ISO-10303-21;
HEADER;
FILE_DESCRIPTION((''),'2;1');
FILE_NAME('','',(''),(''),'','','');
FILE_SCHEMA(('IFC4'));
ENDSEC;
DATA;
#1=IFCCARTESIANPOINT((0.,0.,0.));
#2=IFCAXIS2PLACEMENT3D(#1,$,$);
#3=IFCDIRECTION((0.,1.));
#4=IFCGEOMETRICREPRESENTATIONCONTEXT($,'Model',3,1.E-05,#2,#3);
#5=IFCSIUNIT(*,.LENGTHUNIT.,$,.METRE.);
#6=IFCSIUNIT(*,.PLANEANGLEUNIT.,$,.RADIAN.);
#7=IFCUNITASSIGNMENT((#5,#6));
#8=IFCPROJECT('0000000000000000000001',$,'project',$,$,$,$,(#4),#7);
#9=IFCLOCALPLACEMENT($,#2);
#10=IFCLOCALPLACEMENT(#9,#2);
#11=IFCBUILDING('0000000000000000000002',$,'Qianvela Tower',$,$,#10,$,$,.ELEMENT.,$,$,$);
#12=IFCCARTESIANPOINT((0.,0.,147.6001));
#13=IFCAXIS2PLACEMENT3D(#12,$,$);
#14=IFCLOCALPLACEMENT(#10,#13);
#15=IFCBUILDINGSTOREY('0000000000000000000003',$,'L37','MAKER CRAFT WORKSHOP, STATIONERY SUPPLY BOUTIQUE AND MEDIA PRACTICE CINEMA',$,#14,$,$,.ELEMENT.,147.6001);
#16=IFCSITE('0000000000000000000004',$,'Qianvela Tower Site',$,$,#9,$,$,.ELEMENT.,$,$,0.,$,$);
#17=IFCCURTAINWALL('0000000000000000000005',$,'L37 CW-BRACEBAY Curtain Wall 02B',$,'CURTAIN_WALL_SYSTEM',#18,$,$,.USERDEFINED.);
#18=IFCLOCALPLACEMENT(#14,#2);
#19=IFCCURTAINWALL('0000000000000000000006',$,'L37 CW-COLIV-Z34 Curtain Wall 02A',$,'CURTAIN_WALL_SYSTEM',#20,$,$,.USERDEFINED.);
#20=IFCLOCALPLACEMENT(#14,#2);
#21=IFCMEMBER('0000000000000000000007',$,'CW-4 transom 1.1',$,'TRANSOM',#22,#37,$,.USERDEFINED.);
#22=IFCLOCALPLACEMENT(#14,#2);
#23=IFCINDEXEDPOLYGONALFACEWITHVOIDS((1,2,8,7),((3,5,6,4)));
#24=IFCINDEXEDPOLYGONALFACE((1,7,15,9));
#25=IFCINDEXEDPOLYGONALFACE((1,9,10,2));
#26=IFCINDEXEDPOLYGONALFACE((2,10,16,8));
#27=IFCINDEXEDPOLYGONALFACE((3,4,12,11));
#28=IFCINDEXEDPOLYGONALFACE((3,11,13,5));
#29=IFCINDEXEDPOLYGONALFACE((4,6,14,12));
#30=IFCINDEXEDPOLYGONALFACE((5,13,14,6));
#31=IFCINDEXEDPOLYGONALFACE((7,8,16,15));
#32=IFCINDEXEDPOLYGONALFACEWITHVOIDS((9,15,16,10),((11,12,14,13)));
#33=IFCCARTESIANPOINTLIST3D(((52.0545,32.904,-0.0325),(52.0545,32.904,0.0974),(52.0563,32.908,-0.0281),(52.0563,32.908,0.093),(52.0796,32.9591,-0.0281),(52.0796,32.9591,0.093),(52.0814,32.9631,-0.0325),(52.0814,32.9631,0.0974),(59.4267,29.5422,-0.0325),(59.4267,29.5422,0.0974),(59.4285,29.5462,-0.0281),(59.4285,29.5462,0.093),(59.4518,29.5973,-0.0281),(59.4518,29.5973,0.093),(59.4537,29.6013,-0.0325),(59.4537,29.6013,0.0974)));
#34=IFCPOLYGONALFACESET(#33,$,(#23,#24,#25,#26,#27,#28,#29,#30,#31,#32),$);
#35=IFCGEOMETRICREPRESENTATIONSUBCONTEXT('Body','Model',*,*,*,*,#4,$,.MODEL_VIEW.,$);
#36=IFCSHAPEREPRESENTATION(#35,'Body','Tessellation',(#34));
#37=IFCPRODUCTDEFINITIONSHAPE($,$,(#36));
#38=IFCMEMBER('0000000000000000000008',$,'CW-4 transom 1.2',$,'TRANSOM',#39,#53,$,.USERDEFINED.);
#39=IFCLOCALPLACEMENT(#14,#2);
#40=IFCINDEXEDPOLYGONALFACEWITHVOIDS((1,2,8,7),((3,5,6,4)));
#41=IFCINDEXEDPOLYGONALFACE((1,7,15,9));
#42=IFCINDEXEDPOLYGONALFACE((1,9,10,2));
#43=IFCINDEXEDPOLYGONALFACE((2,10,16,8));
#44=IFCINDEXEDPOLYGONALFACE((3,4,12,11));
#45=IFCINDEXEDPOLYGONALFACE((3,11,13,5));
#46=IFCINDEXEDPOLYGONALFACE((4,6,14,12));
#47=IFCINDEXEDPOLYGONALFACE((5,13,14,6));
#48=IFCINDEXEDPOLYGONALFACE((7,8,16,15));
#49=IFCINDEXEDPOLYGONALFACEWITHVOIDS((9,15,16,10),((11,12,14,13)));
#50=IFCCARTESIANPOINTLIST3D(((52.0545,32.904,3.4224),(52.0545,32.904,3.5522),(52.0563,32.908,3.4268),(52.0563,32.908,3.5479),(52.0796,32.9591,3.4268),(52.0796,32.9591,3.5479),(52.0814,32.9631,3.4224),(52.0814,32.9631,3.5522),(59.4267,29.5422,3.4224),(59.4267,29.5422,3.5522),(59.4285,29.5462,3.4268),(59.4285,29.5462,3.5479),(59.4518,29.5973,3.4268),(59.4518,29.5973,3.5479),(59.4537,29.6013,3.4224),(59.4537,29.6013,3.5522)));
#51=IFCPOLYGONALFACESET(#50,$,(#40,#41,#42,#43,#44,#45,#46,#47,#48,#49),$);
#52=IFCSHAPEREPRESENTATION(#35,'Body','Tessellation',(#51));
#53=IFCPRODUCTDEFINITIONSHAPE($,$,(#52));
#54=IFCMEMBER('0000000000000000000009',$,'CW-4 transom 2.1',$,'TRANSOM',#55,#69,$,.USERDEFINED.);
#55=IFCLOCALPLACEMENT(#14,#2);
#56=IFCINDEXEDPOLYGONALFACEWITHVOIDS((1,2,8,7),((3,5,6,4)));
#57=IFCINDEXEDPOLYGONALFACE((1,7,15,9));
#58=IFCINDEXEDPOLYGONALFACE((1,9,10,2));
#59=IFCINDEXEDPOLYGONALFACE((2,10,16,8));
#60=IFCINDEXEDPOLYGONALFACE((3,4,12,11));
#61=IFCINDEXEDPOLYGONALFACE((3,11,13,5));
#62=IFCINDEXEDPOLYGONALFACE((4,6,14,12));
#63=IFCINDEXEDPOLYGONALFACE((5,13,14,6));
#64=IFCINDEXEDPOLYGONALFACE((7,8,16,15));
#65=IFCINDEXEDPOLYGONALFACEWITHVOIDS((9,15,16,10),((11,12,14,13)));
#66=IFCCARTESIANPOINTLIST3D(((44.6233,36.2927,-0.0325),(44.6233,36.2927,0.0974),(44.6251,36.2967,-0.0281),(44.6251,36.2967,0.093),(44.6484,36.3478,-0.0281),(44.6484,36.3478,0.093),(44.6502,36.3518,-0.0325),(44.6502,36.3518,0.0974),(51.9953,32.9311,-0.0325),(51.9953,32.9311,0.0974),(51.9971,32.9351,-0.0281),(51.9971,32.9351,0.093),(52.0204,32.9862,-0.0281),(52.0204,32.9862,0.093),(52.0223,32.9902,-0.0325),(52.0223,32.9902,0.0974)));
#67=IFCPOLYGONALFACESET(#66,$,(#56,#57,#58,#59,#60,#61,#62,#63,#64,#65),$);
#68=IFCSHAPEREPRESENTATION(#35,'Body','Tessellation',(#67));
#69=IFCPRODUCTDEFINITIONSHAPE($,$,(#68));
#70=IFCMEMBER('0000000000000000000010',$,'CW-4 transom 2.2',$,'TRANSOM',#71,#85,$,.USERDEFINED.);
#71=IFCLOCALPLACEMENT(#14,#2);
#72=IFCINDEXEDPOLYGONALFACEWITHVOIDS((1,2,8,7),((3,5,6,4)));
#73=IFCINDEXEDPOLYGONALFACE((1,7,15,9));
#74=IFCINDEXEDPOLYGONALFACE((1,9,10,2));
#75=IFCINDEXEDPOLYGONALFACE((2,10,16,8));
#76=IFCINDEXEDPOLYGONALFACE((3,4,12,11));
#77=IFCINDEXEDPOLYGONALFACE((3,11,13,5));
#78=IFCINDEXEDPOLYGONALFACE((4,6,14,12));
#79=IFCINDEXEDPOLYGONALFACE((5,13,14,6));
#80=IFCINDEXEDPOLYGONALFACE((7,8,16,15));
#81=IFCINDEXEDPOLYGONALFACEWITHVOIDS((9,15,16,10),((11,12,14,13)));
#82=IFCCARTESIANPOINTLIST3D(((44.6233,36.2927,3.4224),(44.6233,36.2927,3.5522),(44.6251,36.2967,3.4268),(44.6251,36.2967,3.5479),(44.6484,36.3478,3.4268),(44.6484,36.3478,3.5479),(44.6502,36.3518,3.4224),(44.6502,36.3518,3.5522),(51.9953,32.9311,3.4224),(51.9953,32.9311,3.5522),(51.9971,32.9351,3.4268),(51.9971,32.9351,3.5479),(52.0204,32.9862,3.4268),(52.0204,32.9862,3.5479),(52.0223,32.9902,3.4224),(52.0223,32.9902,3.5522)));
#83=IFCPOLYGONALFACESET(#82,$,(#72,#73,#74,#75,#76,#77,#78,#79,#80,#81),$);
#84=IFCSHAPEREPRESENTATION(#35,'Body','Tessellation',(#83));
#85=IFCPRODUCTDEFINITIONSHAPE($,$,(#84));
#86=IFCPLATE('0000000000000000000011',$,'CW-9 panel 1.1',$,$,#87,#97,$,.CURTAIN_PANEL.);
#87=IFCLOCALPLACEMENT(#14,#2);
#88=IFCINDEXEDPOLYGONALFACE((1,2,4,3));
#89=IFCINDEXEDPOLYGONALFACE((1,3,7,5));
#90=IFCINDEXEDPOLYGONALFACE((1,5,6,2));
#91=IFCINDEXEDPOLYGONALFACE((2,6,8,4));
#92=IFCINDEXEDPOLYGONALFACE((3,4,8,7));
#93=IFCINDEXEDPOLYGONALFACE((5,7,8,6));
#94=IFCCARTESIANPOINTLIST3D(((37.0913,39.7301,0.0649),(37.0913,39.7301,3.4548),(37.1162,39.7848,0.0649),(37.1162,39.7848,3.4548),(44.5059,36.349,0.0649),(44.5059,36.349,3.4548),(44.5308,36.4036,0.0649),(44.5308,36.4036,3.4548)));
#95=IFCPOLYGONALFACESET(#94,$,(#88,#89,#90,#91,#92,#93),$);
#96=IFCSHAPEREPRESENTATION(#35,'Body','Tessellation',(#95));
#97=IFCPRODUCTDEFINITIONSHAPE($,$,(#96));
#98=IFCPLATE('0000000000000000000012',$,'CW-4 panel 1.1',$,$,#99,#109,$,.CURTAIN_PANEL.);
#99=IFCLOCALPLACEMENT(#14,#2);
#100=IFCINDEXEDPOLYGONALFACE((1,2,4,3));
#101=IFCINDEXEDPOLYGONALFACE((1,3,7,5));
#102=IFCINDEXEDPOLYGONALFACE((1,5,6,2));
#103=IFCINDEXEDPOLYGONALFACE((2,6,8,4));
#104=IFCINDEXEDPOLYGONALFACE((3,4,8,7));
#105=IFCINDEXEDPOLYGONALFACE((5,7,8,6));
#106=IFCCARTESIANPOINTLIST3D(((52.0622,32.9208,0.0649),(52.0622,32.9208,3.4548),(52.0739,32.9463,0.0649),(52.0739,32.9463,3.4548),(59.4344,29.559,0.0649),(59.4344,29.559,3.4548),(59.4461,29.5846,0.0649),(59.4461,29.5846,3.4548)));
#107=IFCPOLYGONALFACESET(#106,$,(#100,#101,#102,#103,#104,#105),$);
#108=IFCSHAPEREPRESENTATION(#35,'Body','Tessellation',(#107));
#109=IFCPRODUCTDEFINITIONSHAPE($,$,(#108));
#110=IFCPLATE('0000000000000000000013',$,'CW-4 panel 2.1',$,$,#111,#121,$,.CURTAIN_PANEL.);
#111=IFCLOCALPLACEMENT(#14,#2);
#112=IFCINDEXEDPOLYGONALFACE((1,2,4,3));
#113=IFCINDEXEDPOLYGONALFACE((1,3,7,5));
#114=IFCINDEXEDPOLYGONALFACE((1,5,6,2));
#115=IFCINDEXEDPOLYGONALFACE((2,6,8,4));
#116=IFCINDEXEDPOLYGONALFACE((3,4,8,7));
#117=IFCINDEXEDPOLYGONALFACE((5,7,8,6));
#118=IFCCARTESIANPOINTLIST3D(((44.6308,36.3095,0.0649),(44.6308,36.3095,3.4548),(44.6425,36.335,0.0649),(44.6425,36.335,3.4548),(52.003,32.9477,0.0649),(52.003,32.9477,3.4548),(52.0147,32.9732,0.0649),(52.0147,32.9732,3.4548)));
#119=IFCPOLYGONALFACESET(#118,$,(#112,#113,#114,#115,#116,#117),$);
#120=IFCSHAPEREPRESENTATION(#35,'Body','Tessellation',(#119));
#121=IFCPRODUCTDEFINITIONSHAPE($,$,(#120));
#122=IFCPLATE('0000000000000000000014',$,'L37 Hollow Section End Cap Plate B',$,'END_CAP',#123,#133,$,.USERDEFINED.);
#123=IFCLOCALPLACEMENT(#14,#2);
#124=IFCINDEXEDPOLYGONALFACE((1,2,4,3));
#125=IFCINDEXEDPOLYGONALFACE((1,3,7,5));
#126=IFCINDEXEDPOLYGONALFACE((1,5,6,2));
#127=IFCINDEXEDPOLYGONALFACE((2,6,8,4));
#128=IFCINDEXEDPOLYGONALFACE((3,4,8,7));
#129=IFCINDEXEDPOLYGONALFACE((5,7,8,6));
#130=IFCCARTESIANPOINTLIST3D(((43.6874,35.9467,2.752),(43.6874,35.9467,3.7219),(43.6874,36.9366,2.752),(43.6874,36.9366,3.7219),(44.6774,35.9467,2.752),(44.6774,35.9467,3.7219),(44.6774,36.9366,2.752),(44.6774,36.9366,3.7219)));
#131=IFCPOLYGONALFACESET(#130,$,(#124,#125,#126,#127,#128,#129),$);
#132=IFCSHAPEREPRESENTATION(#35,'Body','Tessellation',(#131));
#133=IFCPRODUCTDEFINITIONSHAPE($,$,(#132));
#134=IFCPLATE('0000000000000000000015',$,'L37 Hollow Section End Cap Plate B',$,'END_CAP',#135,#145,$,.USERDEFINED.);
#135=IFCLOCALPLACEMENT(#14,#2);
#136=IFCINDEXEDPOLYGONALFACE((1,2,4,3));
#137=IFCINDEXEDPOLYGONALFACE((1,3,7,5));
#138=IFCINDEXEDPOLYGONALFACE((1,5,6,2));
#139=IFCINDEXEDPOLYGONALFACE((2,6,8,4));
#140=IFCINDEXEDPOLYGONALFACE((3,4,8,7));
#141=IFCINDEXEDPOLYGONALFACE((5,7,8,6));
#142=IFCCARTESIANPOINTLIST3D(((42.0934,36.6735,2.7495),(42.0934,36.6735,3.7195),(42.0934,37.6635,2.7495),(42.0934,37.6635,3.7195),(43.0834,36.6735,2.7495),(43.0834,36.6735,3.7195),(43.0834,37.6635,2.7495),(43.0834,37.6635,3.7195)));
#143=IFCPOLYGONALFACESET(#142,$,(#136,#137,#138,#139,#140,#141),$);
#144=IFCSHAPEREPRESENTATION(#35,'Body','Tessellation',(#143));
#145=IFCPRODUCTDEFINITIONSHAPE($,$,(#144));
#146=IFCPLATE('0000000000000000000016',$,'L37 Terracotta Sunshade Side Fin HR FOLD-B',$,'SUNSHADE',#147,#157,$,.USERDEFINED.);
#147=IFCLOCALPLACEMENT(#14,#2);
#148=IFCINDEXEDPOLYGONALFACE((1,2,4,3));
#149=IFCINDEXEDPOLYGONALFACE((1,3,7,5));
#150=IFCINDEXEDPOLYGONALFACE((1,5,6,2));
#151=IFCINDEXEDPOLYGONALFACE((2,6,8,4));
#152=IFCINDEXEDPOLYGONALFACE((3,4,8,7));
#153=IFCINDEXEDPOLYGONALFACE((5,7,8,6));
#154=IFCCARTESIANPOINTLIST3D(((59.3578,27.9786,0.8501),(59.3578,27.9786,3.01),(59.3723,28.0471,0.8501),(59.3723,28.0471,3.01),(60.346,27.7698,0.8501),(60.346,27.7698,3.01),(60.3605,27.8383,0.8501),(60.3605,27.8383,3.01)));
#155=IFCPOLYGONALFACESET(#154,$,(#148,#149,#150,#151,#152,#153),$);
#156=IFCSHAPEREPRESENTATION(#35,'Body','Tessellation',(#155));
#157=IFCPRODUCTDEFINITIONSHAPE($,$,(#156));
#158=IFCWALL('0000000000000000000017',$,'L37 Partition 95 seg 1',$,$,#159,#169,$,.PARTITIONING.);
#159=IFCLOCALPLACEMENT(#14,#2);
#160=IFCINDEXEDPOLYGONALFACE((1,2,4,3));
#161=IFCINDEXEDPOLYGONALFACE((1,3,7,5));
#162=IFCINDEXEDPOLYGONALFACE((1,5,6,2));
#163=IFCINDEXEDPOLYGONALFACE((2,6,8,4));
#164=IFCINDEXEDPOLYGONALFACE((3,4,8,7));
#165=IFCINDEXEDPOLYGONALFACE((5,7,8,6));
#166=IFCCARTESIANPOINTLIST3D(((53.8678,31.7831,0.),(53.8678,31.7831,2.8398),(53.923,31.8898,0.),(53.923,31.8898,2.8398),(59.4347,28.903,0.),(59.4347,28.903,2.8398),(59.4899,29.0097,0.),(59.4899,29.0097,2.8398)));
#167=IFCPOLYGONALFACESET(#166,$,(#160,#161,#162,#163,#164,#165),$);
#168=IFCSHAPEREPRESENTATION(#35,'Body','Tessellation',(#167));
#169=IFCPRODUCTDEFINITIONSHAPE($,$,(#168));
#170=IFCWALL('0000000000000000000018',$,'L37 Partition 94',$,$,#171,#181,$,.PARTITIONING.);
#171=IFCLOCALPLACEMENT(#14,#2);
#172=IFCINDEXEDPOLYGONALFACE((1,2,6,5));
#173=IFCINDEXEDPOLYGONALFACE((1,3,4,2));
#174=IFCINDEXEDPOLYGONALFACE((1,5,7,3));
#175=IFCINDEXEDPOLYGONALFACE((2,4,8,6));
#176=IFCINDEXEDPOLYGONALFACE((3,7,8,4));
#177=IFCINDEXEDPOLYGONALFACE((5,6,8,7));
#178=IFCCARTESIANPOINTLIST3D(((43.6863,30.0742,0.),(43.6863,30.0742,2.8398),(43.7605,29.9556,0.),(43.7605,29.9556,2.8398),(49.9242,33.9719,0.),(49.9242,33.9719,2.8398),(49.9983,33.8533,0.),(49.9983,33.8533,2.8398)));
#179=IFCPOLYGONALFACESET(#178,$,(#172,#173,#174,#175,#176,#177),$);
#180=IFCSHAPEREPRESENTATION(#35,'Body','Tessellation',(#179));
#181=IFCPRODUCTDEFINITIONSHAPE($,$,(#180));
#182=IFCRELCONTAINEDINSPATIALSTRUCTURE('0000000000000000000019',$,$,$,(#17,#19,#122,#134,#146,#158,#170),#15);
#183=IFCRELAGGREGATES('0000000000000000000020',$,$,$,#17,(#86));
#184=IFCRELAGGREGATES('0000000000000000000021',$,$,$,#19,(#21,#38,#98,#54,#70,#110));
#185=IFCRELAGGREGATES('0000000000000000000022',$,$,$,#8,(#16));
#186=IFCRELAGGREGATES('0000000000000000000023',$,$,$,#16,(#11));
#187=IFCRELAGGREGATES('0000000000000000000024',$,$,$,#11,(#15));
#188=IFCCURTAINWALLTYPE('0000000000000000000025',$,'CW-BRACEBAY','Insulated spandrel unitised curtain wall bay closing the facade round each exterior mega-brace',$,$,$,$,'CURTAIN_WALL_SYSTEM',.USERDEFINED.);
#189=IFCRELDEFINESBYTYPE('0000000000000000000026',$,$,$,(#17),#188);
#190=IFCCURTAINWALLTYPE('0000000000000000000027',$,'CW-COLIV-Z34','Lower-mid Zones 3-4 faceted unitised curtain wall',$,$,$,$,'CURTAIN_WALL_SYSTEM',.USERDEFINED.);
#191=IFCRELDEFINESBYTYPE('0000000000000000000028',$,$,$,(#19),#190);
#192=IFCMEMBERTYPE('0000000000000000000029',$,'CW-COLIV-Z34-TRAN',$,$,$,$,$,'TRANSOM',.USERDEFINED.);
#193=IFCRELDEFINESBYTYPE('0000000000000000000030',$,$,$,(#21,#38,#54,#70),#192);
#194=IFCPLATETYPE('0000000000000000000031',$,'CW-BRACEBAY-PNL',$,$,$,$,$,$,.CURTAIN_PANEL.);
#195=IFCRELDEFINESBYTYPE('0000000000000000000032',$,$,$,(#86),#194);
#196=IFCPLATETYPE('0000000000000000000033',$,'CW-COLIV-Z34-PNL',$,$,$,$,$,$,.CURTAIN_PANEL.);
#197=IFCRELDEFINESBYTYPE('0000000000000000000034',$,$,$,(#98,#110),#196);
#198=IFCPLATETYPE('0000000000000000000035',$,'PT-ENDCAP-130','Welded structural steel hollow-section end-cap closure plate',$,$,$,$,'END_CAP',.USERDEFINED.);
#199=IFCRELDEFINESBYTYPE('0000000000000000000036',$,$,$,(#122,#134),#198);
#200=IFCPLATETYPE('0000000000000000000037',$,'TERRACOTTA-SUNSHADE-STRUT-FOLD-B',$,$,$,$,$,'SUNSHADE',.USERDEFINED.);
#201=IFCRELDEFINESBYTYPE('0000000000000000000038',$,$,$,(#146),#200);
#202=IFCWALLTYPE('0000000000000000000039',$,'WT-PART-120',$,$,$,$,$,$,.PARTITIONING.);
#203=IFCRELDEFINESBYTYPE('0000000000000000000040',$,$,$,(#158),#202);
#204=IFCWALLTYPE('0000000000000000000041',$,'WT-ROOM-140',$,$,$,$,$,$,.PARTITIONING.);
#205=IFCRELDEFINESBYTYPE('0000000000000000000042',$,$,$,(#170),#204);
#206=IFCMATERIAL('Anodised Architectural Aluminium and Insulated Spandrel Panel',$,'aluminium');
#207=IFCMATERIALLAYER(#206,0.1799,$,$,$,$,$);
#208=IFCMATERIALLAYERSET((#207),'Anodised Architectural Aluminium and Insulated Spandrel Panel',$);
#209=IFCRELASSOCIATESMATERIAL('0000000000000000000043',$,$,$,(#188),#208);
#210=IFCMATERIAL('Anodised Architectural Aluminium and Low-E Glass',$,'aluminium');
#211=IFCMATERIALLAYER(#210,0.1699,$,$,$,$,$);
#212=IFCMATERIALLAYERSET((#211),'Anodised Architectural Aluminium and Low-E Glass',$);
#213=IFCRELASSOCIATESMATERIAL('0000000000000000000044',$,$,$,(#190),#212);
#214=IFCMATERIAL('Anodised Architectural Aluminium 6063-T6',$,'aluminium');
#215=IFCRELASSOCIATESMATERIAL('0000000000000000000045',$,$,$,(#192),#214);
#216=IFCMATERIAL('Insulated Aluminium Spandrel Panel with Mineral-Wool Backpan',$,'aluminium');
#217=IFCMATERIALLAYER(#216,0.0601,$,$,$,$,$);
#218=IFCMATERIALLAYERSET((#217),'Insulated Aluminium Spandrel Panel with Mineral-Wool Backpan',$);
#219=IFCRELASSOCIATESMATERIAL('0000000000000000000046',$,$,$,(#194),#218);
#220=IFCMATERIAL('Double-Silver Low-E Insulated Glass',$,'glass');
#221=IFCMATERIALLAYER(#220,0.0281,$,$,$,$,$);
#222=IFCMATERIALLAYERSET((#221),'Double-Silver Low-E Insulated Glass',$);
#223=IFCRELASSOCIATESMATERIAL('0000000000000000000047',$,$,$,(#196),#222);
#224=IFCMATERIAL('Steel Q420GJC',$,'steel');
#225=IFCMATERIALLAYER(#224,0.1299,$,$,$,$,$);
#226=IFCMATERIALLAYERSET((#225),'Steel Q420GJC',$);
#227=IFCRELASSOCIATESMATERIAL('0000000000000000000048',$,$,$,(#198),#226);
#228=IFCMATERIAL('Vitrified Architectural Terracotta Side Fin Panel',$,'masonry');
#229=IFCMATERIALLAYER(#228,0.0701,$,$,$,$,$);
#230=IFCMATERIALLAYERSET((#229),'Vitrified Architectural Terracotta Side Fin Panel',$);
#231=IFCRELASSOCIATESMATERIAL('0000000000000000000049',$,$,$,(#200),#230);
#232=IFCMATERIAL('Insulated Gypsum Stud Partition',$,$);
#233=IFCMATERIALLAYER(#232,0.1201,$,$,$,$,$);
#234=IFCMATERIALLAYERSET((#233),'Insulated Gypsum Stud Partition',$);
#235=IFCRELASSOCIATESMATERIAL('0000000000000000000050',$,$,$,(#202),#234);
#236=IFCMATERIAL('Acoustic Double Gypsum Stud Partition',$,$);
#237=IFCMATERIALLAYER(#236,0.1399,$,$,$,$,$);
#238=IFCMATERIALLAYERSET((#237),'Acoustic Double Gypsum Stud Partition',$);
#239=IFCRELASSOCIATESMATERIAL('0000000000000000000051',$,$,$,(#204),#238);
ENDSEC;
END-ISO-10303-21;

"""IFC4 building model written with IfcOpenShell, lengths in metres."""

from ifc_helpers import new_model, si_unit, direction, frame, frame_2d, origin, origin_2d, place, context, subcontext, project, spatial, rectangle, hollow_rectangle, extrude, material, layer, layer_set, material_profile, profile_set, type_object, element, aggregate, save


model = new_model("IFC4")

# Units and contexts
model_context = context("Model", 3, precision=1e-05, world=origin(), true_north=direction((0.0, 1.0)))
body_context = subcontext(model_context, "Body", "Model", "MODEL_VIEW")
ifc_project = project(units=[si_unit("LENGTHUNIT", "METRE"), si_unit("PLANEANGLEUNIT", "RADIAN")], contexts=[model_context])

# Site, building, storey
site_placement = place(None, origin())
site = spatial("IfcSite", under=ifc_project, at=site_placement, Name="Qianvela Tower Site", CompositionType="ELEMENT", RefElevation=0.0)
building_placement = place(site_placement, origin())
building = spatial("IfcBuilding", under=site, at=building_placement, Name="Qianvela Tower", CompositionType="ELEMENT")
storey_placement = place(building_placement, frame((0.0, 0.0, 147.6001)))
storey = spatial("IfcBuildingStorey", under=building, at=storey_placement, Name="L37", Description="MAKER CRAFT WORKSHOP, STATIONERY SUPPLY BOUTIQUE AND MEDIA PRACTICE CINEMA", CompositionType="ELEMENT", Elevation=147.6001)

# Curtain walls, members
ifc_material_1 = material(Name="Anodised Architectural Aluminium and Insulated Spandrel Panel", Category="aluminium")
ifc_layer_1 = layer(ifc_material_1, 0.1799)
ifc_layer_set_1 = layer_set([ifc_layer_1], Name="Anodised Architectural Aluminium and Insulated Spandrel Panel")
curtain_wall_type_1 = type_object("IfcCurtainWallType", Name="CW-BRACEBAY", Description="Insulated spandrel unitised curtain wall bay closing the facade round each exterior mega-brace", ElementType="CURTAIN_WALL_SYSTEM", PredefinedType="USERDEFINED", material=ifc_layer_set_1)
curtain_wall_1_placement = place(storey_placement, origin())
curtain_wall_1 = element("IfcCurtainWall", 1, at=curtain_wall_1_placement, inside=storey, type_object=curtain_wall_type_1, Name="L37 CW-BRACEBAY Curtain Wall 02B", ObjectType="CURTAIN_WALL_SYSTEM", PredefinedType="USERDEFINED")
ifc_material_2 = material(Name="Anodised Architectural Aluminium and Low-E Glass", Category="aluminium")
ifc_layer_2 = layer(ifc_material_2, 0.1699)
ifc_layer_set_2 = layer_set([ifc_layer_2], Name="Anodised Architectural Aluminium and Low-E Glass")
curtain_wall_type_2 = type_object("IfcCurtainWallType", Name="CW-COLIV-Z34", Description="Lower-mid Zones 3-4 faceted unitised curtain wall", ElementType="CURTAIN_WALL_SYSTEM", PredefinedType="USERDEFINED", material=ifc_layer_set_2)
curtain_wall_2_placement = place(storey_placement, origin())
curtain_wall_2 = element("IfcCurtainWall", 2, at=curtain_wall_2_placement, inside=storey, type_object=curtain_wall_type_2, Name="L37 CW-COLIV-Z34 Curtain Wall 02A", ObjectType="CURTAIN_WALL_SYSTEM", PredefinedType="USERDEFINED")
ifc_material_3 = material(Name="Anodised Architectural Aluminium 6063-T6", Category="aluminium")
ifc_material_profile_1 = material_profile(ifc_material_3, hollow_rectangle(XDim=0.0649, YDim=0.1299, WallThickness=0.0044, at=origin_2d()), Name="ALU-TRAN-65x130")
ifc_profile_set_1 = profile_set([ifc_material_profile_1], Name="Anodised Architectural Aluminium 6063-T6")
member_type_1 = type_object("IfcMemberType", Name="CW-COLIV-Z34-TRAN", ElementType="TRANSOM", PredefinedType="USERDEFINED", material=ifc_profile_set_1)
member_1_placement = place(storey_placement, frame((59.4402, 29.5718, 0.0325), z_axis=(-0.909865, 0.414904, 0.0), x_axis=(-0.414904, -0.909865, 0.0)))
member_1 = element("IfcMember", 3, at=member_1_placement, type_object=member_type_1, Name="CW-4 transom 1.1", ObjectType="TRANSOM", PredefinedType="USERDEFINED", context=body_context, shape_type="SweptSolid", body=[
    extrude(hollow_rectangle(XDim=0.0649, YDim=0.1299, WallThickness=0.0044, at=origin_2d()), origin(), (0.0, 0.0, 1.0), 8.1025),
])
member_2_placement = place(storey_placement, frame((59.4402, 29.5718, 3.4873), z_axis=(-0.909865, 0.414904, 0.0), x_axis=(-0.414904, -0.909865, 0.0)))
member_2 = element("IfcMember", 4, at=member_2_placement, type_object=member_type_1, Name="CW-4 transom 1.2", ObjectType="TRANSOM", PredefinedType="USERDEFINED", context=body_context, shape_type="SweptSolid", body=[
    extrude(hollow_rectangle(XDim=0.0649, YDim=0.1299, WallThickness=0.0044, at=origin_2d()), origin(), (0.0, 0.0, 1.0), 8.1025),
])
member_3_placement = place(storey_placement, frame((52.0088, 32.9607, 0.0325), z_axis=(-0.909872, 0.41489, 0.0), x_axis=(-0.41489, -0.909872, 0.0)))
member_3 = element("IfcMember", 5, at=member_3_placement, type_object=member_type_1, Name="CW-4 transom 2.1", ObjectType="TRANSOM", PredefinedType="USERDEFINED", context=body_context, shape_type="SweptSolid", body=[
    extrude(hollow_rectangle(XDim=0.0649, YDim=0.1299, WallThickness=0.0044, at=origin_2d()), origin(), (0.0, 0.0, 1.0), 8.1023),
])
member_4_placement = place(storey_placement, frame((52.0088, 32.9607, 3.4873), z_axis=(-0.909872, 0.41489, 0.0), x_axis=(-0.41489, -0.909872, 0.0)))
member_4 = element("IfcMember", 6, at=member_4_placement, type_object=member_type_1, Name="CW-4 transom 2.2", ObjectType="TRANSOM", PredefinedType="USERDEFINED", context=body_context, shape_type="SweptSolid", body=[
    extrude(hollow_rectangle(XDim=0.0649, YDim=0.1299, WallThickness=0.0044, at=origin_2d()), origin(), (0.0, 0.0, 1.0), 8.1023),
])

# Plates
ifc_material_4 = material(Name="Insulated Aluminium Spandrel Panel with Mineral-Wool Backpan", Category="aluminium")
ifc_layer_3 = layer(ifc_material_4, 0.0601)
ifc_layer_set_3 = layer_set([ifc_layer_3], Name="Insulated Aluminium Spandrel Panel with Mineral-Wool Backpan")
plate_type_1 = type_object("IfcPlateType", Name="CW-BRACEBAY-PNL", PredefinedType="CURTAIN_PANEL", material=ifc_layer_set_3)
plate_1_placement = place(storey_placement, frame((40.811, 38.0669, 0.0649), z_axis=(0.0, 0.0, 1.0), x_axis=(-0.909864, 0.414907, 0.0)))
plate_1 = element("IfcPlate", 7, at=plate_1_placement, type_object=plate_type_1, Name="CW-9 panel 1.1", PredefinedType="CURTAIN_PANEL", context=body_context, shape_type="SweptSolid", body=[
    extrude(rectangle(XDim=8.1492, YDim=0.0601, at=origin_2d()), origin(), (0.0, 0.0, 1.0), 3.3899),
])
aggregate(curtain_wall_1, [plate_1])
ifc_material_5 = material(Name="Double-Silver Low-E Insulated Glass", Category="glass")
ifc_layer_4 = layer(ifc_material_5, 0.0281)
ifc_layer_set_4 = layer_set([ifc_layer_4], Name="Double-Silver Low-E Insulated Glass")
plate_type_2 = type_object("IfcPlateType", Name="CW-COLIV-Z34-PNL", PredefinedType="CURTAIN_PANEL", material=ifc_layer_set_4)
plate_2_placement = place(storey_placement, frame((55.7542, 31.2527, 0.0649), z_axis=(0.0, 0.0, 1.0), x_axis=(-0.909866, 0.414902, 0.0)))
plate_2 = element("IfcPlate", 8, at=plate_2_placement, type_object=plate_type_2, Name="CW-4 panel 1.1", PredefinedType="CURTAIN_PANEL", context=body_context, shape_type="SweptSolid", body=[
    extrude(rectangle(XDim=8.1025, YDim=0.0281, at=origin_2d()), origin(), (0.0, 0.0, 1.0), 3.3899),
])
plate_3_placement = place(storey_placement, frame((48.3228, 34.6414, 0.0649), z_axis=(0.0, 0.0, 1.0), x_axis=(-0.909866, 0.414902, 0.0)))
plate_3 = element("IfcPlate", 9, at=plate_3_placement, type_object=plate_type_2, Name="CW-4 panel 2.1", PredefinedType="CURTAIN_PANEL", context=body_context, shape_type="SweptSolid", body=[
    extrude(rectangle(XDim=8.1025, YDim=0.0281, at=origin_2d()), origin(), (0.0, 0.0, 1.0), 3.3899),
])
aggregate(curtain_wall_2, [member_1, member_2, plate_2, member_3, member_4, plate_3])

# Plates
ifc_material_6 = material(Name="Steel Q420GJC", Category="steel")
ifc_layer_5 = layer(ifc_material_6, 0.1299)
ifc_layer_set_5 = layer_set([ifc_layer_5], Name="Steel Q420GJC")
plate_type_3 = type_object("IfcPlateType", Name="PT-ENDCAP-130", Description="Welded structural steel hollow-section end-cap closure plate", ElementType="END_CAP", PredefinedType="USERDEFINED", material=ifc_layer_set_5)
for number, where, z_axis, x_axis, name in (
    (10, (44.1824, 36.4417, 2.752), (0.0, 0.0, 1.0), (1.0, 0.0, 0.0), "L37 Hollow Section End Cap Plate B"),
    (11, (42.5884, 37.1685, 2.7495), (0.0, 0.0, 1.0), (1.0, 0.0, 0.0), "L37 Hollow Section End Cap Plate B"),
):
    element("IfcPlate", number, at=place(storey_placement, frame(where, z_axis=z_axis, x_axis=x_axis)), inside=storey, type_object=plate_type_3, Name=name, ObjectType="END_CAP", PredefinedType="USERDEFINED", context=body_context, shape_type="SweptSolid", body=[
        extrude(rectangle(XDim=0.99, YDim=0.99, at=origin_2d()), origin(), (0.0, 0.0, 1.0), 0.97),
    ])
ifc_material_7 = material(Name="Vitrified Architectural Terracotta Side Fin Panel", Category="masonry")
ifc_layer_6 = layer(ifc_material_7, 0.0701)
ifc_layer_set_6 = layer_set([ifc_layer_6], Name="Vitrified Architectural Terracotta Side Fin Panel")
plate_type_4 = type_object("IfcPlateType", Name="TERRACOTTA-SUNSHADE-STRUT-FOLD-B", ElementType="SUNSHADE", PredefinedType="USERDEFINED", material=ifc_layer_set_6)
plate_4_placement = place(storey_placement, frame((59.8591, 27.9084, 0.8501), z_axis=(0.0, 0.0, 1.0), x_axis=(0.206769, 0.97839, 0.0)))
element("IfcPlate", 12, at=plate_4_placement, inside=storey, type_object=plate_type_4, Name="L37 Terracotta Sunshade Side Fin HR FOLD-B", ObjectType="SUNSHADE", PredefinedType="USERDEFINED", context=body_context, shape_type="SweptSolid", body=[
    extrude(rectangle(XDim=0.0701, YDim=1.01, at=origin_2d()), origin(), (0.0, 0.0, 1.0), 2.1599),
])

# Walls
ifc_material_8 = material(Name="Insulated Gypsum Stud Partition")
ifc_layer_7 = layer(ifc_material_8, 0.1201)
ifc_layer_set_7 = layer_set([ifc_layer_7], Name="Insulated Gypsum Stud Partition")
wall_type_1 = type_object("IfcWallType", Name="WT-PART-120", PredefinedType="PARTITIONING", material=ifc_layer_set_7)
wall_1_placement = place(storey_placement, frame((53.8955, 31.8364, 0.0), z_axis=(0.0, 0.0, 1.0), x_axis=(0.888172, -0.459511, 0.0)))
element("IfcWall", 13, at=wall_1_placement, inside=storey, type_object=wall_type_1, Name="L37 Partition 95 seg 1", PredefinedType="PARTITIONING", context=body_context, shape_type="SweptSolid", body=[
    extrude(rectangle(XDim=6.2678, YDim=0.1201, at=frame_2d((3.1338, 0.0))), origin(), (0.0, 0.0, 1.0), 2.8398),
])
ifc_material_9 = material(Name="Acoustic Double Gypsum Stud Partition")
ifc_layer_8 = layer(ifc_material_9, 0.1399)
ifc_layer_set_8 = layer_set([ifc_layer_8], Name="Acoustic Double Gypsum Stud Partition")
wall_type_2 = type_object("IfcWallType", Name="WT-ROOM-140", PredefinedType="PARTITIONING", material=ifc_layer_set_8)
wall_2_placement = place(storey_placement, frame((43.7234, 30.0149, 0.0), z_axis=(0.0, 0.0, 1.0), x_axis=(0.848054, 0.529909, 0.0)))
element("IfcWall", 14, at=wall_2_placement, inside=storey, type_object=wall_type_2, Name="L37 Partition 94", PredefinedType="PARTITIONING", context=body_context, shape_type="SweptSolid", body=[
    extrude(rectangle(XDim=7.3555, YDim=0.1399, at=frame_2d((3.6777, 0.0))), origin(), (0.0, 0.0, 1.0), 2.8398),
])

save(model, "model.ifc")
